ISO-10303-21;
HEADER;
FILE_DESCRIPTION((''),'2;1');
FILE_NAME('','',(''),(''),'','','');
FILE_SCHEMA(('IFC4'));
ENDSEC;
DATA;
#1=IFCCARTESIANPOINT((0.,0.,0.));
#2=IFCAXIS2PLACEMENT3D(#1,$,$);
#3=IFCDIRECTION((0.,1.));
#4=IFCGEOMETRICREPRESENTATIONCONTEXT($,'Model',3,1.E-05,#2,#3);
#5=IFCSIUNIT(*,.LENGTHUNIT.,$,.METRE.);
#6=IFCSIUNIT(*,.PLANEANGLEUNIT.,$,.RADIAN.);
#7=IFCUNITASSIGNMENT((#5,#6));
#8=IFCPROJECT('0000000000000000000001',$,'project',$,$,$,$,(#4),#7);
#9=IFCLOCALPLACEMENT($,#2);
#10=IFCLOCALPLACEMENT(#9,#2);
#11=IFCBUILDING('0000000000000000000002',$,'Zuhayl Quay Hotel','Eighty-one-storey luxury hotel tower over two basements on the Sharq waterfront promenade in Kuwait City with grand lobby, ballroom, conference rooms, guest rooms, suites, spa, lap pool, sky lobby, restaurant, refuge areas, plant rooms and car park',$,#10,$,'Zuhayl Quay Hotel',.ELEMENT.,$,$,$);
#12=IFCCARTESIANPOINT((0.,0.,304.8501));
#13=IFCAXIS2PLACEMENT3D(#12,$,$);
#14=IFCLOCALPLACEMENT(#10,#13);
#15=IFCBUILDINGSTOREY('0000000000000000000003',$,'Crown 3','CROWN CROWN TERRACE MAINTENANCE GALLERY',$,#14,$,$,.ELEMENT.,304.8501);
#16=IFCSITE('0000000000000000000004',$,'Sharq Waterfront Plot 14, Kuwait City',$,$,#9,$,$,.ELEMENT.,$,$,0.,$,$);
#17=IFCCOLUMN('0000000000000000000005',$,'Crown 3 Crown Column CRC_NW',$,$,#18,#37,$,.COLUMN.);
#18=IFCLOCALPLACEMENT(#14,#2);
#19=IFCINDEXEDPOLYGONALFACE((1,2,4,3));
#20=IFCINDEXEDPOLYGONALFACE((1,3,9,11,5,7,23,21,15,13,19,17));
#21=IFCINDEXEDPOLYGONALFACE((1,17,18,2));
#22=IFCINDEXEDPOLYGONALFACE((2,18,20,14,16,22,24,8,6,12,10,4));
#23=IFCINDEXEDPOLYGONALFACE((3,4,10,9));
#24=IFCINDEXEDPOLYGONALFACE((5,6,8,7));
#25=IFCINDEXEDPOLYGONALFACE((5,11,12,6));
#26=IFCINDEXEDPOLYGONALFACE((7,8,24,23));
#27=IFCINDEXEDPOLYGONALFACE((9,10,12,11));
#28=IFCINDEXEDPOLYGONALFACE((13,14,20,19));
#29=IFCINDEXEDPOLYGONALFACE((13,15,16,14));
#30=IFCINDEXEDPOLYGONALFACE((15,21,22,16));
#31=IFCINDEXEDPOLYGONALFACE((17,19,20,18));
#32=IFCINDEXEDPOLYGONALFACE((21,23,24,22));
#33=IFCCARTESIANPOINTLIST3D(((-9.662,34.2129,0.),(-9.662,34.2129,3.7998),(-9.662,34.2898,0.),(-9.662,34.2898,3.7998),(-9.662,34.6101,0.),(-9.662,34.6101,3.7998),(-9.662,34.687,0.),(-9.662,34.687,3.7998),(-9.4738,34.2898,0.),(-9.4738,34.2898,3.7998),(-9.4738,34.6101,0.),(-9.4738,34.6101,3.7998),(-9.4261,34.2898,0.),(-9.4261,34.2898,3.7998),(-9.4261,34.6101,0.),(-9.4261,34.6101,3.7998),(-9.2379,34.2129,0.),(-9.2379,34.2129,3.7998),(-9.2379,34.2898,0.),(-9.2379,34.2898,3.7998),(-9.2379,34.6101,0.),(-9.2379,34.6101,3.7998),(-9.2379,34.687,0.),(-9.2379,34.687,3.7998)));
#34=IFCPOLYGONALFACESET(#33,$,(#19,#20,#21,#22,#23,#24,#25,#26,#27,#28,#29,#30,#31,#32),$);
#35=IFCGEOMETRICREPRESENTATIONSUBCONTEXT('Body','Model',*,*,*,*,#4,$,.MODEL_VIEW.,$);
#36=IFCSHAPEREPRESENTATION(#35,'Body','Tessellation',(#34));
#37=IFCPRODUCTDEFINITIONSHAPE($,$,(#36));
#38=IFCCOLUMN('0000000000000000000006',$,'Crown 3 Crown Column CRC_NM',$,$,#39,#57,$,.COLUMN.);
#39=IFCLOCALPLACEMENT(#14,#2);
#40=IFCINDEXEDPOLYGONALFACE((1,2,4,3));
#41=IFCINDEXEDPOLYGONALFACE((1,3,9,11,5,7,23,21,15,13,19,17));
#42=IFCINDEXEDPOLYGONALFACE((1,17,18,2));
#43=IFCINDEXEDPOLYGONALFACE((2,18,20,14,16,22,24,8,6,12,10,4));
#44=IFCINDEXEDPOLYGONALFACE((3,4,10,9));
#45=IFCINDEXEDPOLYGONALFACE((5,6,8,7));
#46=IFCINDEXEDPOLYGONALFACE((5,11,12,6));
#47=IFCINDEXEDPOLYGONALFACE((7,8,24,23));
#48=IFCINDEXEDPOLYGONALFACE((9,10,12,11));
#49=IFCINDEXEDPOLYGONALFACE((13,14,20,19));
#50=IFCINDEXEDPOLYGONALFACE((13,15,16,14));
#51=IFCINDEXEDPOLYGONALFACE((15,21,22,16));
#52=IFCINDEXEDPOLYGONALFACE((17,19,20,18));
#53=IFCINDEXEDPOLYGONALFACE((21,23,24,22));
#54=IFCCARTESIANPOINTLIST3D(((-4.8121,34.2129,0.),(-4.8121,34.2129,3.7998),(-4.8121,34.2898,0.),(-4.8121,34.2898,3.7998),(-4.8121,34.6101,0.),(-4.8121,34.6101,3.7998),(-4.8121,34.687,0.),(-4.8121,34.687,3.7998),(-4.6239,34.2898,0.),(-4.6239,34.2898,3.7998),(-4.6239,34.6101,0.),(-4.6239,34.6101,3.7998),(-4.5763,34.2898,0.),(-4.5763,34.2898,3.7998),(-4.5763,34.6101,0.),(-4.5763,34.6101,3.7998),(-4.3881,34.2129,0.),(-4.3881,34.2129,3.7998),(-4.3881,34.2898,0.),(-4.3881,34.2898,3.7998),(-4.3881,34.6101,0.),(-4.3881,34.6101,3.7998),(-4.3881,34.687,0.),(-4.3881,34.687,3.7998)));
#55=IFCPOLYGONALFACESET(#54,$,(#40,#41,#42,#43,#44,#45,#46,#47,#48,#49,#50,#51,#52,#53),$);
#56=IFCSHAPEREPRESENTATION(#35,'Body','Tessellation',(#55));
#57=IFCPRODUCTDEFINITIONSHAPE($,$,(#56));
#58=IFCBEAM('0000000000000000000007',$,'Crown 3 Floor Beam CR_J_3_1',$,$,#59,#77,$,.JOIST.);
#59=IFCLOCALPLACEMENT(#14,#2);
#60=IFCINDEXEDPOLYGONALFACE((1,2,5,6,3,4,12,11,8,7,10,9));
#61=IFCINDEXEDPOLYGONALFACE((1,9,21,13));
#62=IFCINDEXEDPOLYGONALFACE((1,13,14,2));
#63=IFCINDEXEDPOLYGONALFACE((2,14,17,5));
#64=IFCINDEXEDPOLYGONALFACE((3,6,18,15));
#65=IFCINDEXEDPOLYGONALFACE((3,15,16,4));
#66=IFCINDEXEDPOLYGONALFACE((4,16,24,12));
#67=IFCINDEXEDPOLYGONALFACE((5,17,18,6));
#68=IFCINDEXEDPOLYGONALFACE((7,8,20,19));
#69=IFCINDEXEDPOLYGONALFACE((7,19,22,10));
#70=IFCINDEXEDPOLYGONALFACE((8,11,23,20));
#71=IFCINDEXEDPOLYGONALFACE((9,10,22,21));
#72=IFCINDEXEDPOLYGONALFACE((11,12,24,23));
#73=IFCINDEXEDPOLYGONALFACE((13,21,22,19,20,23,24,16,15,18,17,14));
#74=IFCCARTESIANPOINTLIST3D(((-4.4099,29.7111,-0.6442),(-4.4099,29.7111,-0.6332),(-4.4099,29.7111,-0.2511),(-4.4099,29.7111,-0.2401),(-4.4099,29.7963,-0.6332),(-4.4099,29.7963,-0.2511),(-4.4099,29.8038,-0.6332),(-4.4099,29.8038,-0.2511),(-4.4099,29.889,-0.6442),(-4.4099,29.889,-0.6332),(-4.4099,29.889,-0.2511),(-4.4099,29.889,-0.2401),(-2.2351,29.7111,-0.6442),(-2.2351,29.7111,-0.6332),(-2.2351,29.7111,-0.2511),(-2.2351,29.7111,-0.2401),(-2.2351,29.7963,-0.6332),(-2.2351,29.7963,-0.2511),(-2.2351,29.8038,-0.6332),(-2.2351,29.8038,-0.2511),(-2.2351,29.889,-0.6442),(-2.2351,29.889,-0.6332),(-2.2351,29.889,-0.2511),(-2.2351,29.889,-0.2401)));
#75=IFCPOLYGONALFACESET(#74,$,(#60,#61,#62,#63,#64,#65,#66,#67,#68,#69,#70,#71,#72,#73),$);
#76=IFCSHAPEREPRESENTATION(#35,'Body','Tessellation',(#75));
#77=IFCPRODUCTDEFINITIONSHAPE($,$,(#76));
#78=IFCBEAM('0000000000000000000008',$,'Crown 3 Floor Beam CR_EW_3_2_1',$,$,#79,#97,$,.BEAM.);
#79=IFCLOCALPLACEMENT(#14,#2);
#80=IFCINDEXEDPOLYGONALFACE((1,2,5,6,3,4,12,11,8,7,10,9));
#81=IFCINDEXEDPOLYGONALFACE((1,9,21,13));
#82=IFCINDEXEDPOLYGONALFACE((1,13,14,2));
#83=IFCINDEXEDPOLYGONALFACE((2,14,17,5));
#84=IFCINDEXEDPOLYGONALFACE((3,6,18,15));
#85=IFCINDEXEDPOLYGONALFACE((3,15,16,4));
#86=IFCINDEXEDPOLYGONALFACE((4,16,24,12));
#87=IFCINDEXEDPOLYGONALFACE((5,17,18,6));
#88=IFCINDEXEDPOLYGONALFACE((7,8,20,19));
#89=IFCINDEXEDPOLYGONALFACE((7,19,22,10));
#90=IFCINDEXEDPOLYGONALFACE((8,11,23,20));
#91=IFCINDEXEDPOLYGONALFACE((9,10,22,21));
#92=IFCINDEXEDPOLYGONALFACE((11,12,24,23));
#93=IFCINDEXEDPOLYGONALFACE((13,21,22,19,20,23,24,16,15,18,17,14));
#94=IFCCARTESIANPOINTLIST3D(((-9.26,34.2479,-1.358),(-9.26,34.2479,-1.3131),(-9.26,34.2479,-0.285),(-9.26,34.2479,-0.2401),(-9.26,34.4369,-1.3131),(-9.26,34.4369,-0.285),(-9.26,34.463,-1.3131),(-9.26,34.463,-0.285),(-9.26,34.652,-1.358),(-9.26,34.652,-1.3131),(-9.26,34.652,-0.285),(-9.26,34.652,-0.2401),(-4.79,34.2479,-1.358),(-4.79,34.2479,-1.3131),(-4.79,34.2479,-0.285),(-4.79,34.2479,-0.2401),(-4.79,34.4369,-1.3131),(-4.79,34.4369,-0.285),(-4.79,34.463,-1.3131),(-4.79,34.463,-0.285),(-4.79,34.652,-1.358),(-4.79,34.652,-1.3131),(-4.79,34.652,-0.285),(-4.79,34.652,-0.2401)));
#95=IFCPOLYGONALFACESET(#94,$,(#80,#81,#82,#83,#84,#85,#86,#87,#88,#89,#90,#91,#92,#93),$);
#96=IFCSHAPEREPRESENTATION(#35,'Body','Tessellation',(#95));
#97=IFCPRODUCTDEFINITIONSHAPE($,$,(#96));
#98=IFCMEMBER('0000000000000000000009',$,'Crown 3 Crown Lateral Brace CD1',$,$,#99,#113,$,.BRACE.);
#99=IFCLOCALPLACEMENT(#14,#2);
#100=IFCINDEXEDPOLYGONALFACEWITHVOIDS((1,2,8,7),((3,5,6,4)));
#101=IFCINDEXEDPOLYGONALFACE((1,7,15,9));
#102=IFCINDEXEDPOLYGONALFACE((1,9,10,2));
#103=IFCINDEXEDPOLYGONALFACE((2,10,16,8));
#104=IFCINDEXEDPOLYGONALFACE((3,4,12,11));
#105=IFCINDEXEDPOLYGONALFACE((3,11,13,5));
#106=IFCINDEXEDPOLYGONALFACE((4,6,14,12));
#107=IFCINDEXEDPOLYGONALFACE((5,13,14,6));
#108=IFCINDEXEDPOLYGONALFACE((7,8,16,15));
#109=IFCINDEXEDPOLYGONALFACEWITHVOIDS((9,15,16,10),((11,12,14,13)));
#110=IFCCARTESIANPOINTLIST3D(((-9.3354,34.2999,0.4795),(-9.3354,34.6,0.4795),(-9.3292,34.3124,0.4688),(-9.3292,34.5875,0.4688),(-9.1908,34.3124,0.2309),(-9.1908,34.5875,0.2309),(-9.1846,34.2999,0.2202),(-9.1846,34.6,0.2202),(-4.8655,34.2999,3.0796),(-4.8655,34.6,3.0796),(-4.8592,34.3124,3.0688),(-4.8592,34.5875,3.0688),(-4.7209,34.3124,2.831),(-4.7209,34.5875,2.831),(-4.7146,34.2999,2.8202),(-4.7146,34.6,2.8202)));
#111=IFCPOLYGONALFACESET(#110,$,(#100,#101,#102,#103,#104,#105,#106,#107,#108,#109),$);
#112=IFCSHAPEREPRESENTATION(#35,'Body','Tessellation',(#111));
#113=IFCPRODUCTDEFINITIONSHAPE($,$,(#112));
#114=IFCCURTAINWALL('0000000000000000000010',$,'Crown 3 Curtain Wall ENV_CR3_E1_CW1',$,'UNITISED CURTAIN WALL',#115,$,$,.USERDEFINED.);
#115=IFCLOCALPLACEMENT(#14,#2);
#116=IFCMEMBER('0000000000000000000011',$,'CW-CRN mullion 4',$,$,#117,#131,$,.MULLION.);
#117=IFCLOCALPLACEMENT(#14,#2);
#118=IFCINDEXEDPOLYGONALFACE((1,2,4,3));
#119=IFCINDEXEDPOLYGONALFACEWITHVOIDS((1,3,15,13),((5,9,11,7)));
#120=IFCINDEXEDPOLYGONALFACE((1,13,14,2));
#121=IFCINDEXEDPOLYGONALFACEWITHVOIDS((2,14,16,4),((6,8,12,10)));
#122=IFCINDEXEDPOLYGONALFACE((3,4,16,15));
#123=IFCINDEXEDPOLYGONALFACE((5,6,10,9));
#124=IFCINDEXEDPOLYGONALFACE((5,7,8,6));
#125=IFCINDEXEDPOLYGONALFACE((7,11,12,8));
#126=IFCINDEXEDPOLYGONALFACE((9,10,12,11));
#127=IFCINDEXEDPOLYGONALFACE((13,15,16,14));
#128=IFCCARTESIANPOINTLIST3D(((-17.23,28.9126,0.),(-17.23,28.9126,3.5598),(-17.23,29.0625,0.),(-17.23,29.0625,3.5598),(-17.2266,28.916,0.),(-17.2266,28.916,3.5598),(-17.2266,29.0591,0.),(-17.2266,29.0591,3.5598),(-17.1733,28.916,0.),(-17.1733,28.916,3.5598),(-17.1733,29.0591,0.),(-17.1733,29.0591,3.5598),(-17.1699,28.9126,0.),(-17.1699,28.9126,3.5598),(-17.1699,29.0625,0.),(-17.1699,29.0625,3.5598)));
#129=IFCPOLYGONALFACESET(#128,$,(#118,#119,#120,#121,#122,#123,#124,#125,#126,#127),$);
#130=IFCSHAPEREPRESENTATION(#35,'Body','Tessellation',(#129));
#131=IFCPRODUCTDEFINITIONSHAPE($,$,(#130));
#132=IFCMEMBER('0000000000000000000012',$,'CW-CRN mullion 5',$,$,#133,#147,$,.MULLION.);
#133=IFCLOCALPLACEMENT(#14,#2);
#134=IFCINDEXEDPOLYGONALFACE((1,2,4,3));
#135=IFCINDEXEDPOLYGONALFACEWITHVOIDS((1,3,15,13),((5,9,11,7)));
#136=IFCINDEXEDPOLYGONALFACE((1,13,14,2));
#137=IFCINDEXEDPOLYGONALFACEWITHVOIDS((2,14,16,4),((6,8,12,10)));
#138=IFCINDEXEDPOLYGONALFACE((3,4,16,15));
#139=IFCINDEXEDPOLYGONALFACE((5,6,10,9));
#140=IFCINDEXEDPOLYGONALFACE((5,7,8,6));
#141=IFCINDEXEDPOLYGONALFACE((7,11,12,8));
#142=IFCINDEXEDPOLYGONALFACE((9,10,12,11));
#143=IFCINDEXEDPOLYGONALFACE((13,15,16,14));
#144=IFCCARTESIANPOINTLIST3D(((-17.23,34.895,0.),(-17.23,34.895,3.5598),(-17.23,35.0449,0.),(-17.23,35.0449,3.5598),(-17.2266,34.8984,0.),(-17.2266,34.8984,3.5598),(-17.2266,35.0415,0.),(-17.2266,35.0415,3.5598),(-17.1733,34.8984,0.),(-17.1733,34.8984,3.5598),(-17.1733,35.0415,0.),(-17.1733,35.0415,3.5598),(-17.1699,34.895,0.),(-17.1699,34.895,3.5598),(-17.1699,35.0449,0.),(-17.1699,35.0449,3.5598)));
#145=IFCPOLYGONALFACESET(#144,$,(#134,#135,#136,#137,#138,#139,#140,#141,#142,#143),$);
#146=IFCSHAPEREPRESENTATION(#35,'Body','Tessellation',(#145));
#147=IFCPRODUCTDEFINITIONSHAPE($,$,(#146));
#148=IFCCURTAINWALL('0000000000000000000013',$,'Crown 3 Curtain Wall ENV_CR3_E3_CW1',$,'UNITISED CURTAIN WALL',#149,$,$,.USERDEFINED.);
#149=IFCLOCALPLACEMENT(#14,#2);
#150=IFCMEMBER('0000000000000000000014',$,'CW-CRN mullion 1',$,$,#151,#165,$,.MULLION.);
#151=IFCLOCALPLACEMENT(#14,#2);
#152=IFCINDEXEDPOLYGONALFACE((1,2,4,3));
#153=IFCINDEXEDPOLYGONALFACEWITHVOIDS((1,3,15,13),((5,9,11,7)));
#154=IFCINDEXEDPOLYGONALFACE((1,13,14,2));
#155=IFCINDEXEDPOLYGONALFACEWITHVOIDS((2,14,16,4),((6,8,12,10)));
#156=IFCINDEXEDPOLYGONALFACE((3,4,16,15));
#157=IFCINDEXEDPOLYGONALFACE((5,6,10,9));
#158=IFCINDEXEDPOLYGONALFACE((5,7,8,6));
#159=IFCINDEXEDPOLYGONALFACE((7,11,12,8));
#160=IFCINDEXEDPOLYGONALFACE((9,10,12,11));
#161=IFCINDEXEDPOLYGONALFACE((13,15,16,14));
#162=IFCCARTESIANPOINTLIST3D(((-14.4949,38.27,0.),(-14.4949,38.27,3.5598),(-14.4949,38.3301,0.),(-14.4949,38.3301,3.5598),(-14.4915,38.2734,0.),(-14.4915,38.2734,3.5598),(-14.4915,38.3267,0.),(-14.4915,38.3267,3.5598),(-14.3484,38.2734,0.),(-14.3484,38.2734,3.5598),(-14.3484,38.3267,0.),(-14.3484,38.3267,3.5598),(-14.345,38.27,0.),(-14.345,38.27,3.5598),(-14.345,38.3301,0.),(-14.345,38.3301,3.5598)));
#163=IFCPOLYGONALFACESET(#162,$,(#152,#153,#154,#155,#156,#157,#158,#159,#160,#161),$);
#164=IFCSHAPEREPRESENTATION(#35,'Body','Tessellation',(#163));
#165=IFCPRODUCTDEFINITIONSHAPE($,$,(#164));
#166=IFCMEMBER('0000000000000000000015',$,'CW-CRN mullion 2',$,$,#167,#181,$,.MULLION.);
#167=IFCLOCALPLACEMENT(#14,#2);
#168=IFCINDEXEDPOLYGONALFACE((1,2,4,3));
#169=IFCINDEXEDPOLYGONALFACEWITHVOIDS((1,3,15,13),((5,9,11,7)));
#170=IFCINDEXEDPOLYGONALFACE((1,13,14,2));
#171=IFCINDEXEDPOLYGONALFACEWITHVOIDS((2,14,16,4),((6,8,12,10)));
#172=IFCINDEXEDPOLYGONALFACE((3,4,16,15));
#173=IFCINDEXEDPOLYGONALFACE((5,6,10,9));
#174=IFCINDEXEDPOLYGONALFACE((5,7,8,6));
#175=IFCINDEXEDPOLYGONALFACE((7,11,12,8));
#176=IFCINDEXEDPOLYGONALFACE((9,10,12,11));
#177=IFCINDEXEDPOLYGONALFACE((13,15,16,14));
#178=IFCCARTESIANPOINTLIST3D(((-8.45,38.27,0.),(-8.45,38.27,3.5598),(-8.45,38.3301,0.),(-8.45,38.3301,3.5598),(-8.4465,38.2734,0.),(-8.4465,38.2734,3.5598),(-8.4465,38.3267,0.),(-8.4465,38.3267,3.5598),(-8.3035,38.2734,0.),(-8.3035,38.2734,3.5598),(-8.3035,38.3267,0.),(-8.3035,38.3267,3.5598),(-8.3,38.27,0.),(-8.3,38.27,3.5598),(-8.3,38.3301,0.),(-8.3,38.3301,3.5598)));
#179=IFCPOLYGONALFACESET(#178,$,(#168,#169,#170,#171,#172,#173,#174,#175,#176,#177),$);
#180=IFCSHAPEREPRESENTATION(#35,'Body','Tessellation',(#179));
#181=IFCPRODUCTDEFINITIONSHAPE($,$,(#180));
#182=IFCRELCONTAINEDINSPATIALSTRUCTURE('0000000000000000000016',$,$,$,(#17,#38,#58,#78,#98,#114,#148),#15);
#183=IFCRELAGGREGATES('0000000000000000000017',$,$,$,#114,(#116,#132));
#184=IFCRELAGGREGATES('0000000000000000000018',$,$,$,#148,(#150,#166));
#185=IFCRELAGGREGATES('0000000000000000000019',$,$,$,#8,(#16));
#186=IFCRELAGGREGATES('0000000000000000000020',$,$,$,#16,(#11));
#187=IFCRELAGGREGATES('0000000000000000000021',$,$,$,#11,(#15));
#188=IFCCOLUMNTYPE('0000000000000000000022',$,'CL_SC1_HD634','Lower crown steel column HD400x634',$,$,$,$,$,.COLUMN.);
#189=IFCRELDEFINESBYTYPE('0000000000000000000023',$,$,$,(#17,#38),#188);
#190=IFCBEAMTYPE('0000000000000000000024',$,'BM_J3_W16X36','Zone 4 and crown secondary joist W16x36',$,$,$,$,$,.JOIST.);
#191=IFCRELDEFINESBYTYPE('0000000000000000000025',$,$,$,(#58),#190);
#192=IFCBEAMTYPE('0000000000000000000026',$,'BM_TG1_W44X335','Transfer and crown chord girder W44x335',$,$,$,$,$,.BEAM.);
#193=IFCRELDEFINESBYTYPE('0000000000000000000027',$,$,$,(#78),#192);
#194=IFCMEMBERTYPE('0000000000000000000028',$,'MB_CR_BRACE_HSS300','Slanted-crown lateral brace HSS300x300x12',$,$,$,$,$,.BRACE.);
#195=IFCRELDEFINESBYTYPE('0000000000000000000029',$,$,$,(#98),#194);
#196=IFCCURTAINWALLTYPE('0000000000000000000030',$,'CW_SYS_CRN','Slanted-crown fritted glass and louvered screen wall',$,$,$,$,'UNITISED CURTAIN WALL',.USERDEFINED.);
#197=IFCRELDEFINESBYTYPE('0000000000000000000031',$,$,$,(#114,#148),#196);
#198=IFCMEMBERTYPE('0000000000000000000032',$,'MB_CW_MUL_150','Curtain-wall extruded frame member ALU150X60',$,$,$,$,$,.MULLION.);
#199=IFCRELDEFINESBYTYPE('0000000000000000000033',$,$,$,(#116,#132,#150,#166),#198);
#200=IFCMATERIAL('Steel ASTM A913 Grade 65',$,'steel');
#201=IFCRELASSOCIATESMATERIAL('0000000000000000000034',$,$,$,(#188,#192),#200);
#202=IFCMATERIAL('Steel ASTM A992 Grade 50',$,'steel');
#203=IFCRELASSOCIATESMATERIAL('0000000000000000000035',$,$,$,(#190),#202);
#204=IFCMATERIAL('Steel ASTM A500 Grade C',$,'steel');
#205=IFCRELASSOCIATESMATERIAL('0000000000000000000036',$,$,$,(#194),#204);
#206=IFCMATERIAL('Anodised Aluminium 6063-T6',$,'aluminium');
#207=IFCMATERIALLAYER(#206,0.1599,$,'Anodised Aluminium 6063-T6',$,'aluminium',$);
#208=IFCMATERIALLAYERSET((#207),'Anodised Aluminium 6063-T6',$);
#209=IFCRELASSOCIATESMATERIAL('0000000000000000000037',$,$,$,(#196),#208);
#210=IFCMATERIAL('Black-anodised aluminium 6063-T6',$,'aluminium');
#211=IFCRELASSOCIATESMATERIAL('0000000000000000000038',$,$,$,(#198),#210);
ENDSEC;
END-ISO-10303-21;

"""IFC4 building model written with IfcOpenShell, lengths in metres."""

from ifc_helpers import new_model, si_unit, direction, frame, origin, origin_2d, place, context, subcontext, project, spatial, hollow_rectangle, i_section, extrude, material, layer, layer_set, material_profile, profile_set, type_object, element, aggregate, save


model = new_model("IFC4")

# Units and contexts
model_context = context("Model", 3, precision=1e-05, world=origin(), true_north=direction((0.0, 1.0)))
body_context = subcontext(model_context, "Body", "Model", "MODEL_VIEW")
ifc_project = project(units=[si_unit("LENGTHUNIT", "METRE"), si_unit("PLANEANGLEUNIT", "RADIAN")], contexts=[model_context])

# Site, building, storey
site_placement = place(None, origin())
site = spatial("IfcSite", under=ifc_project, at=site_placement, Name="Sharq Waterfront Plot 14, Kuwait City", CompositionType="ELEMENT", RefElevation=0.0)
building_placement = place(site_placement, origin())
building = spatial("IfcBuilding", under=site, at=building_placement, Name="Zuhayl Quay Hotel", Description="Eighty-one-storey luxury hotel tower over two basements on the Sharq waterfront promenade in Kuwait City with grand lobby, ballroom, conference rooms, guest rooms, suites, spa, lap pool, sky lobby, restaurant, refuge areas, plant rooms and car park", LongName="Zuhayl Quay Hotel", CompositionType="ELEMENT")
storey_placement = place(building_placement, frame((0.0, 0.0, 304.8501)))
storey = spatial("IfcBuildingStorey", under=building, at=storey_placement, Name="Crown 3", Description="CROWN CROWN TERRACE MAINTENANCE GALLERY", CompositionType="ELEMENT", Elevation=304.8501)

# Columns
ifc_material_1 = material(Name="Steel ASTM A913 Grade 65", Category="steel")
ifc_material_profile_1 = material_profile(ifc_material_1, i_section(OverallWidth=0.4241, OverallDepth=0.4741, WebThickness=0.0476, FlangeThickness=0.0769, at=origin_2d()), Name="HD400X634")
ifc_profile_set_1 = profile_set([ifc_material_profile_1], Name="Steel ASTM A913 Grade 65")
column_type = type_object("IfcColumnType", Name="CL_SC1_HD634", Description="Lower crown steel column HD400x634", PredefinedType="COLUMN", material=ifc_profile_set_1)
for number, where, z_axis, x_axis, name in (
    (1, (-9.45, 34.45, 0.0), (0.0, 0.0, 1.0), (1.0, 0.0, 0.0), "Crown 3 Crown Column CRC_NW"),
    (2, (-4.6001, 34.45, 0.0), (0.0, 0.0, 1.0), (1.0, 0.0, 0.0), "Crown 3 Crown Column CRC_NM"),
):
    element("IfcColumn", number, at=place(storey_placement, frame(where, z_axis=z_axis, x_axis=x_axis)), inside=storey, type_object=column_type, Name=name, PredefinedType="COLUMN", context=body_context, shape_type="SweptSolid", body=[
        extrude(i_section(OverallWidth=0.4241, OverallDepth=0.4741, WebThickness=0.0476, FlangeThickness=0.0769, at=origin_2d()), origin(), (0.0, 0.0, 1.0), 3.7998),
    ])

# Beams
ifc_material_2 = material(Name="Steel ASTM A992 Grade 50", Category="steel")
ifc_material_profile_2 = material_profile(ifc_material_2, i_section(OverallWidth=0.178, OverallDepth=0.4041, WebThickness=0.0076, FlangeThickness=0.011, at=origin_2d()), Name="W16X36")
ifc_profile_set_2 = profile_set([ifc_material_profile_2], Name="Steel ASTM A992 Grade 50")
beam_type_1 = type_object("IfcBeamType", Name="BM_J3_W16X36", Description="Zone 4 and crown secondary joist W16x36", PredefinedType="JOIST", material=ifc_profile_set_2)
beam_1_placement = place(storey_placement, frame((-4.4099, 29.8, -0.4421), z_axis=(1.0, 0.0, 0.0), x_axis=(0.0, 1.0, 0.0)))
element("IfcBeam", 3, at=beam_1_placement, inside=storey, type_object=beam_type_1, Name="Crown 3 Floor Beam CR_J_3_1", PredefinedType="JOIST", context=body_context, shape_type="SweptSolid", body=[
    extrude(i_section(OverallWidth=0.178, OverallDepth=0.4041, WebThickness=0.0076, FlangeThickness=0.011, at=origin_2d()), origin(), (0.0, 0.0, 1.0), 2.1748),
])
ifc_material_profile_3 = material_profile(ifc_material_1, i_section(OverallWidth=0.4041, OverallDepth=1.1179, WebThickness=0.0261, FlangeThickness=0.0449, at=origin_2d()), Name="W44X335")
ifc_profile_set_3 = profile_set([ifc_material_profile_3], Name="Steel ASTM A913 Grade 65")
beam_type_2 = type_object("IfcBeamType", Name="BM_TG1_W44X335", Description="Transfer and crown chord girder W44x335", PredefinedType="BEAM", material=ifc_profile_set_3)
beam_2_placement = place(storey_placement, frame((-9.26, 34.45, -0.7991), z_axis=(1.0, 0.0, 0.0), x_axis=(0.0, 1.0, 0.0)))
element("IfcBeam", 4, at=beam_2_placement, inside=storey, type_object=beam_type_2, Name="Crown 3 Floor Beam CR_EW_3_2_1", PredefinedType="BEAM", context=body_context, shape_type="SweptSolid", body=[
    extrude(i_section(OverallWidth=0.4041, OverallDepth=1.1179, WebThickness=0.0261, FlangeThickness=0.0449, at=origin_2d()), origin(), (0.0, 0.0, 1.0), 4.47),
])

# Member
ifc_material_3 = material(Name="Steel ASTM A500 Grade C", Category="steel")
ifc_material_profile_4 = material_profile(ifc_material_3, hollow_rectangle(XDim=0.3, YDim=0.3, WallThickness=0.0125, at=origin_2d()), Name="HSS300X300X12")
ifc_profile_set_4 = profile_set([ifc_material_profile_4], Name="Steel ASTM A500 Grade C")
member_type_1 = type_object("IfcMemberType", Name="MB_CR_BRACE_HSS300", Description="Slanted-crown lateral brace HSS300x300x12", PredefinedType="BRACE", material=ifc_profile_set_4)
member_1_placement = place(storey_placement, frame((-9.26, 34.45, 0.3499), z_axis=(0.8644, 0.0, 0.502805), x_axis=(0.0, 1.0, 0.0)))
element("IfcMember", 5, at=member_1_placement, inside=storey, type_object=member_type_1, Name="Crown 3 Crown Lateral Brace CD1", PredefinedType="BRACE", context=body_context, shape_type="SweptSolid", body=[
    extrude(hollow_rectangle(XDim=0.3, YDim=0.3, WallThickness=0.0125, at=origin_2d()), origin(), (0.0, 0.0, 1.0), 5.1711),
])

# Curtain walls, members
ifc_material_4 = material(Name="Anodised Aluminium 6063-T6", Category="aluminium")
ifc_layer_1 = layer(ifc_material_4, 0.1599, Name="Anodised Aluminium 6063-T6", Category="aluminium")
ifc_layer_set_1 = layer_set([ifc_layer_1], Name="Anodised Aluminium 6063-T6")
curtain_wall_type = type_object("IfcCurtainWallType", Name="CW_SYS_CRN", Description="Slanted-crown fritted glass and louvered screen wall", ElementType="UNITISED CURTAIN WALL", PredefinedType="USERDEFINED", material=ifc_layer_set_1)
curtain_wall_1_placement = place(storey_placement, origin())
curtain_wall_1 = element("IfcCurtainWall", 6, at=curtain_wall_1_placement, inside=storey, type_object=curtain_wall_type, Name="Crown 3 Curtain Wall ENV_CR3_E1_CW1", ObjectType="UNITISED CURTAIN WALL", PredefinedType="USERDEFINED")
ifc_material_5 = material(Name="Black-anodised aluminium 6063-T6", Category="aluminium")
ifc_material_profile_5 = material_profile(ifc_material_5, hollow_rectangle(XDim=0.0601, YDim=0.1499, WallThickness=0.0034, at=origin_2d()), Name="ALU150X60")
ifc_profile_set_5 = profile_set([ifc_material_profile_5], Name="Black-anodised aluminium 6063-T6")
member_type_2 = type_object("IfcMemberType", Name="MB_CW_MUL_150", Description="Curtain-wall extruded frame member ALU150X60", PredefinedType="MULLION", material=ifc_profile_set_5)
member_2_placement = place(storey_placement, frame((-17.2, 28.9875, 0.0), z_axis=(0.0, 0.0, 1.0), x_axis=(-1.0, 0.0, 0.0)))
member_2 = element("IfcMember", 7, at=member_2_placement, type_object=member_type_2, Name="CW-CRN mullion 4", PredefinedType="MULLION", context=body_context, shape_type="SweptSolid", body=[
    extrude(hollow_rectangle(XDim=0.0601, YDim=0.1499, WallThickness=0.0034, at=origin_2d()), origin(), (0.0, 0.0, 1.0), 3.5598),
])
member_3_placement = place(storey_placement, frame((-17.2, 34.97, 0.0), z_axis=(0.0, 0.0, 1.0), x_axis=(-1.0, 0.0, 0.0)))
member_3 = element("IfcMember", 8, at=member_3_placement, type_object=member_type_2, Name="CW-CRN mullion 5", PredefinedType="MULLION", context=body_context, shape_type="SweptSolid", body=[
    extrude(hollow_rectangle(XDim=0.0601, YDim=0.1499, WallThickness=0.0034, at=origin_2d()), origin(), (0.0, 0.0, 1.0), 3.5598),
])
curtain_wall_2_placement = place(storey_placement, origin())
curtain_wall_2 = element("IfcCurtainWall", 9, at=curtain_wall_2_placement, inside=storey, type_object=curtain_wall_type, Name="Crown 3 Curtain Wall ENV_CR3_E3_CW1", ObjectType="UNITISED CURTAIN WALL", PredefinedType="USERDEFINED")
member_4_placement = place(storey_placement, frame((-14.4199, 38.3, 0.0), z_axis=(0.0, 0.0, 1.0), x_axis=(0.0, 1.0, 0.0)))
member_4 = element("IfcMember", 10, at=member_4_placement, type_object=member_type_2, Name="CW-CRN mullion 1", PredefinedType="MULLION", context=body_context, shape_type="SweptSolid", body=[
    extrude(hollow_rectangle(XDim=0.0601, YDim=0.1499, WallThickness=0.0034, at=origin_2d()), origin(), (0.0, 0.0, 1.0), 3.5598),
])
member_5_placement = place(storey_placement, frame((-8.375, 38.3, 0.0), z_axis=(0.0, 0.0, 1.0), x_axis=(0.0, 1.0, 0.0)))
member_5 = element("IfcMember", 11, at=member_5_placement, type_object=member_type_2, Name="CW-CRN mullion 2", PredefinedType="MULLION", context=body_context, shape_type="SweptSolid", body=[
    extrude(hollow_rectangle(XDim=0.0601, YDim=0.1499, WallThickness=0.0034, at=origin_2d()), origin(), (0.0, 0.0, 1.0), 3.5598),
])

aggregate(curtain_wall_1, [member_2, member_3])
aggregate(curtain_wall_2, [member_4, member_5])

save(model, "model.ifc")
